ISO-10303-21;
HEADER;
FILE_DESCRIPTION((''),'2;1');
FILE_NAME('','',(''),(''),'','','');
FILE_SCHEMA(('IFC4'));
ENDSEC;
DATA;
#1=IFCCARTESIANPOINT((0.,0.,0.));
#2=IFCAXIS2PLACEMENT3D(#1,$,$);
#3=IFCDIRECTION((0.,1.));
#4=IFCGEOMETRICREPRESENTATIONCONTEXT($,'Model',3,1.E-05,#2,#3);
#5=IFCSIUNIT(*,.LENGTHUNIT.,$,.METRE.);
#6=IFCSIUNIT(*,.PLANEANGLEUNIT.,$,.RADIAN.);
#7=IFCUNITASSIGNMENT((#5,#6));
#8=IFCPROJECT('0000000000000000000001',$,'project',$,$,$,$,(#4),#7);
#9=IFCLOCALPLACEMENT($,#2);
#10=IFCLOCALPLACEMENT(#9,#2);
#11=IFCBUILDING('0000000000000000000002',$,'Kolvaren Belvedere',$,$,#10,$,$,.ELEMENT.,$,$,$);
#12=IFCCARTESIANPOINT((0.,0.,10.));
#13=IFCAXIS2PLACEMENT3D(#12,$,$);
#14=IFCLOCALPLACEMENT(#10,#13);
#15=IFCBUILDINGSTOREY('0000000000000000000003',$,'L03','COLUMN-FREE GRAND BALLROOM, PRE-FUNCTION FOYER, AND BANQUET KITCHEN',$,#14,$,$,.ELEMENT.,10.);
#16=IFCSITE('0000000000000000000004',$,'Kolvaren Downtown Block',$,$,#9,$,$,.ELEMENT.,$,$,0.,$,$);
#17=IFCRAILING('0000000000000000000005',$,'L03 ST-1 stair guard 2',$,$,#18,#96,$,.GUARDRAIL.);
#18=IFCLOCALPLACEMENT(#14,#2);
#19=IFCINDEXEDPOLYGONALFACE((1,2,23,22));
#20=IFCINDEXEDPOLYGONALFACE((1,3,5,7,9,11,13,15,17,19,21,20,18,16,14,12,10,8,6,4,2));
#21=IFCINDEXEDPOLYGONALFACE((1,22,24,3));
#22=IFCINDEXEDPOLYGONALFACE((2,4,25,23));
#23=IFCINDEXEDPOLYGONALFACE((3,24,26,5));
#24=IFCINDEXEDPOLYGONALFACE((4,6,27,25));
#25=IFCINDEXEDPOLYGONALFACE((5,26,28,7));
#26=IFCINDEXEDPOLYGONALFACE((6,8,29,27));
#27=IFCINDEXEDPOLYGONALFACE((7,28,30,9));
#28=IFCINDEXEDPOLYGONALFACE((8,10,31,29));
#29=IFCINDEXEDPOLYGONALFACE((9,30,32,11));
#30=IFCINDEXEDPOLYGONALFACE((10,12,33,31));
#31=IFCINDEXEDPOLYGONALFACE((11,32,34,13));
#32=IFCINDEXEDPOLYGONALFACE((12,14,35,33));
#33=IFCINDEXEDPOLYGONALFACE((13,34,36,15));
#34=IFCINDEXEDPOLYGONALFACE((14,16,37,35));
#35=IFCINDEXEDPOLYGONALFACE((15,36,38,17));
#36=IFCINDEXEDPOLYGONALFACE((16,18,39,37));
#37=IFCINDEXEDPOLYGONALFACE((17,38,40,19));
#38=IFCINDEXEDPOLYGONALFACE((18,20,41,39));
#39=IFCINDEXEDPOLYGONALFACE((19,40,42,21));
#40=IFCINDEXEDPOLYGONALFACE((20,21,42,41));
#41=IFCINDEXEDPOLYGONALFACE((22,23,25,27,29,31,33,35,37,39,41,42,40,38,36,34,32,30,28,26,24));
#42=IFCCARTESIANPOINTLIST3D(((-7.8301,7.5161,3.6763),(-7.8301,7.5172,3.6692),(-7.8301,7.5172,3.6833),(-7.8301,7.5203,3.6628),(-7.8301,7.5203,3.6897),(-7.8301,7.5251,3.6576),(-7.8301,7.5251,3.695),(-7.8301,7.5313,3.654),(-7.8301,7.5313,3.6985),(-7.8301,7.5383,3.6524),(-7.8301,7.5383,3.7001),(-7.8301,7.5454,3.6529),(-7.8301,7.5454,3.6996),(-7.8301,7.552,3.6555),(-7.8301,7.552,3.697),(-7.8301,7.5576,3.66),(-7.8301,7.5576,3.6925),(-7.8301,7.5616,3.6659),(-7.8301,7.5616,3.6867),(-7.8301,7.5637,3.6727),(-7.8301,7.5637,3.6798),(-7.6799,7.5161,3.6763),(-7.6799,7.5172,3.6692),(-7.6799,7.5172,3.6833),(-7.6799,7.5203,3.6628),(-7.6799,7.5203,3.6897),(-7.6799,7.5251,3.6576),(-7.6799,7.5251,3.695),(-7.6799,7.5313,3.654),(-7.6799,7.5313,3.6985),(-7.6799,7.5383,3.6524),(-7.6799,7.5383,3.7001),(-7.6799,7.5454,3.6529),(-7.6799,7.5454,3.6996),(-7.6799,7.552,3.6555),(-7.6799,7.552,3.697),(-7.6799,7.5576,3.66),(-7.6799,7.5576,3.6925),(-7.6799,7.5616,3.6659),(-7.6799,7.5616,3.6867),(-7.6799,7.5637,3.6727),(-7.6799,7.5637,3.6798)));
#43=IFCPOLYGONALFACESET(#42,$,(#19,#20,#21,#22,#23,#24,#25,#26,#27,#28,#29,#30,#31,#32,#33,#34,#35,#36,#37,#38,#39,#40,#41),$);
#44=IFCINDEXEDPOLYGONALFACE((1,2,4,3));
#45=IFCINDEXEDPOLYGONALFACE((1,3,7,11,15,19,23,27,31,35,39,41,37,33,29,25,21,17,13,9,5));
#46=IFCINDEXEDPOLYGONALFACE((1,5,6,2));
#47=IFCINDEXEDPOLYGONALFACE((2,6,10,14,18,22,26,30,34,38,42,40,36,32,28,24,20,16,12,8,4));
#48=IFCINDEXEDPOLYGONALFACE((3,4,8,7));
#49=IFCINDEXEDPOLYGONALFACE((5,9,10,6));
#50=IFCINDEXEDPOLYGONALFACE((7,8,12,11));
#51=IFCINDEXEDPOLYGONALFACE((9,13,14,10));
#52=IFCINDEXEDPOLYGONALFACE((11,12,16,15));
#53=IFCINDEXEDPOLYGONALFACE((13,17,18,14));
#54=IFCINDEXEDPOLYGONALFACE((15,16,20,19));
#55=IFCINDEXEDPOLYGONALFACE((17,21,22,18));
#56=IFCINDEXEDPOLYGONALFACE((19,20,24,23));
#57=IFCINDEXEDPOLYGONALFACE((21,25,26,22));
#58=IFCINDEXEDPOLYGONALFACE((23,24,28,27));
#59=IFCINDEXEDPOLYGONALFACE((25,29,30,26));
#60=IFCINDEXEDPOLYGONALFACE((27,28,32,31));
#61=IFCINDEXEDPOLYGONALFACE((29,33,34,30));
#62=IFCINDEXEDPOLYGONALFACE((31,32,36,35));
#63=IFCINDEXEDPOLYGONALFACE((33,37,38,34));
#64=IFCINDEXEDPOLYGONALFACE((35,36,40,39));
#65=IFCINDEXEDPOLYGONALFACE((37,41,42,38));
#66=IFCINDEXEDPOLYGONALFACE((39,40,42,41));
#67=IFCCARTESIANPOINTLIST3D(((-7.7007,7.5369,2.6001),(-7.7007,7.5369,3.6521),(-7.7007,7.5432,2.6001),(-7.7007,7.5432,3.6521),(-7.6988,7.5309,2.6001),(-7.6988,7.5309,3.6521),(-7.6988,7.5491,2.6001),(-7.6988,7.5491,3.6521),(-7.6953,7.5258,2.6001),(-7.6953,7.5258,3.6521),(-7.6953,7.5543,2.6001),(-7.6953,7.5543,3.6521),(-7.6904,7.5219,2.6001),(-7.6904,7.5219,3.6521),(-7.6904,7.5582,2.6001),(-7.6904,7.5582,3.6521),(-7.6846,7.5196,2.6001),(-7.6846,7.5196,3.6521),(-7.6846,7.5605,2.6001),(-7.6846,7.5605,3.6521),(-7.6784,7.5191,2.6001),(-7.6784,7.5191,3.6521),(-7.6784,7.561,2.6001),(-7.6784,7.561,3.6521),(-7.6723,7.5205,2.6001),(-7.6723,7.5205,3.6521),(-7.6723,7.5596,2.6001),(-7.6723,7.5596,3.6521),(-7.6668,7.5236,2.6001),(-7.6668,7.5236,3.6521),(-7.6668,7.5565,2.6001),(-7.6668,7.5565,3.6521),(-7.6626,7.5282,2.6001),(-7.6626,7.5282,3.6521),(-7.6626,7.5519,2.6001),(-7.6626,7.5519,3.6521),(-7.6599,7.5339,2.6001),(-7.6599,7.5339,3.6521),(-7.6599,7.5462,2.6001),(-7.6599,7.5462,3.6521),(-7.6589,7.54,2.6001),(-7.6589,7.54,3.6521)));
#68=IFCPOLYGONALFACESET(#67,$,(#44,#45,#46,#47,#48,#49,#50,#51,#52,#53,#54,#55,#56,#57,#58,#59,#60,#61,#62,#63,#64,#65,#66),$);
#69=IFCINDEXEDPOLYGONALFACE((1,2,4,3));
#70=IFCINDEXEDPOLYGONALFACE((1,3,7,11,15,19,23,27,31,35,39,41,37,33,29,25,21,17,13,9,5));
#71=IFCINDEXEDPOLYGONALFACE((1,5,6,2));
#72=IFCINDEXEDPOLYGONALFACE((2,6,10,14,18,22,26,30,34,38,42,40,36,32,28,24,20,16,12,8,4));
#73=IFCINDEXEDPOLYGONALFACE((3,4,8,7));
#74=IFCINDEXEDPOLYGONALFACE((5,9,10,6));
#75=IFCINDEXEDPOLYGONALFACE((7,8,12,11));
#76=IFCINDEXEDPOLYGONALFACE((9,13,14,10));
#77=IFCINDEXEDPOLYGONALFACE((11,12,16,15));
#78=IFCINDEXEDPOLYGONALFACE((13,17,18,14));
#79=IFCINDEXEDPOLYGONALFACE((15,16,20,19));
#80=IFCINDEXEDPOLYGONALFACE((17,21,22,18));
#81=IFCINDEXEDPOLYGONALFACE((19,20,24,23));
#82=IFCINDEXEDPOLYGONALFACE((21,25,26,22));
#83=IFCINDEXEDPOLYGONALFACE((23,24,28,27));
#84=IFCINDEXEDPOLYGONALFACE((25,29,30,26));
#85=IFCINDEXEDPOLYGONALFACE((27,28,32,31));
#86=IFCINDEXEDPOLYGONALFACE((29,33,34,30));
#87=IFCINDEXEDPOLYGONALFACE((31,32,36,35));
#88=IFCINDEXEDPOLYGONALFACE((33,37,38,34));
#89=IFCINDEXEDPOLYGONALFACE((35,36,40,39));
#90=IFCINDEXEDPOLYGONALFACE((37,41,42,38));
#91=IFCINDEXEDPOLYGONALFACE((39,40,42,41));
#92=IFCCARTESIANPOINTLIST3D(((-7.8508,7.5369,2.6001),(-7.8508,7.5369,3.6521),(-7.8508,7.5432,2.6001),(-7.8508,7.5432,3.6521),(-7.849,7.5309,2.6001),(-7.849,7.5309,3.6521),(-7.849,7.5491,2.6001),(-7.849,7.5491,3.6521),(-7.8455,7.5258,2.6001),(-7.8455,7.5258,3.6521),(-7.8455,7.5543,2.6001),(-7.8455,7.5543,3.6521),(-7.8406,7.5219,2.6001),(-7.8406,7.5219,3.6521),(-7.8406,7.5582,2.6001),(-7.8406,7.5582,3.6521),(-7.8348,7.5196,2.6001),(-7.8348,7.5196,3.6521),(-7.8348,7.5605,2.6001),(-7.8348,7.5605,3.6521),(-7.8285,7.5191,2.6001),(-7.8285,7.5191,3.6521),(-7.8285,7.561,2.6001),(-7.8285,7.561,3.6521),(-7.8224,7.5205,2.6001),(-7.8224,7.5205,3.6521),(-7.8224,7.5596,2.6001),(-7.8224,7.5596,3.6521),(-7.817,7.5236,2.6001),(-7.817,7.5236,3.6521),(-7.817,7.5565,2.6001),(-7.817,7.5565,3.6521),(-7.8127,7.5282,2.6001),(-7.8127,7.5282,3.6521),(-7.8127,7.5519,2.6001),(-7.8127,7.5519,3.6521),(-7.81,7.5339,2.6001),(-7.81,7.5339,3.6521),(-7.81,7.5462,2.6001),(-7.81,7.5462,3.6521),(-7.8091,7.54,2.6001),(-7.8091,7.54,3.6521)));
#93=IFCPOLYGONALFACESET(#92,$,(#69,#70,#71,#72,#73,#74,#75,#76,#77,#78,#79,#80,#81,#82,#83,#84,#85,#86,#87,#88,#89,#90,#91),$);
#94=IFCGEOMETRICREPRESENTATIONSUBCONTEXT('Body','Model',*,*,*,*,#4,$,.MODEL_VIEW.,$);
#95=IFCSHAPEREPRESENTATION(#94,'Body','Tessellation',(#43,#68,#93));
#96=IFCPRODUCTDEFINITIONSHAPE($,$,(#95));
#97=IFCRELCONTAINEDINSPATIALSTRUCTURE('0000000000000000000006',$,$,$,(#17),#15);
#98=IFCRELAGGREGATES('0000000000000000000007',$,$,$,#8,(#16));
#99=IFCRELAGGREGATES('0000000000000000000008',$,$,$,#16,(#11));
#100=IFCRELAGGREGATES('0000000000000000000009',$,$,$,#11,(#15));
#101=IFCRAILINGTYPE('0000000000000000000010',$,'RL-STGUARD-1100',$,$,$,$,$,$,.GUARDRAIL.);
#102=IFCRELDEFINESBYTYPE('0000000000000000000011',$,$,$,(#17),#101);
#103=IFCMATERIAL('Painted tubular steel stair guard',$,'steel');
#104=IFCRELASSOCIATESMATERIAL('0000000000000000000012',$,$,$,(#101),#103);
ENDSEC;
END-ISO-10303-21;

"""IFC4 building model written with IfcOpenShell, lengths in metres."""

from ifc_helpers import new_model, si_unit, direction, frame, origin, origin_2d, place, context, subcontext, project, spatial, circle, extrude, material, type_object, element, save


model = new_model("IFC4")

# Units and contexts
model_context = context("Model", 3, precision=1e-05, world=origin(), true_north=direction((0.0, 1.0)))
body_context = subcontext(model_context, "Body", "Model", "MODEL_VIEW")
ifc_project = project(units=[si_unit("LENGTHUNIT", "METRE"), si_unit("PLANEANGLEUNIT", "RADIAN")], contexts=[model_context])

# Site, building, storey
site_placement = place(None, origin())
site = spatial("IfcSite", under=ifc_project, at=site_placement, Name="Kolvaren Downtown Block", CompositionType="ELEMENT", RefElevation=0.0)
building_placement = place(site_placement, origin())
building = spatial("IfcBuilding", under=site, at=building_placement, Name="Kolvaren Belvedere", CompositionType="ELEMENT")
storey_placement = place(building_placement, frame((0.0, 0.0, 10.0)))
storey = spatial("IfcBuildingStorey", under=building, at=storey_placement, Name="L03", Description="COLUMN-FREE GRAND BALLROOM, PRE-FUNCTION FOYER, AND BANQUET KITCHEN", CompositionType="ELEMENT", Elevation=10.0)

# Railing
ifc_material_1 = material(Name="Painted tubular steel stair guard", Category="steel")
railing_type_1 = type_object("IfcRailingType", Name="RL-STGUARD-1100", PredefinedType="GUARDRAIL", material=ifc_material_1)
railing_1_placement = place(storey_placement, frame((-7.6799, 7.54, 2.6001)))
element("IfcRailing", 1, at=railing_1_placement, inside=storey, type_object=railing_type_1, Name="L03 ST-1 stair guard 2", PredefinedType="GUARDRAIL", context=body_context, shape_type="SweptSolid", body=[
    extrude(circle(Radius=0.0239, at=origin_2d()), frame((0.0, 0.0, 1.0762), z_axis=(-1.0, 0.0, 0.0), x_axis=(0.0, -1.0, 0.0)), (0.0, 0.0, 1.0), 0.1501),
    extrude(circle(Radius=0.021, at=origin_2d()), origin(), (0.0, 0.0, 1.0), 1.052),
    extrude(circle(Radius=0.021, at=origin_2d()), frame((-0.1501, 0.0, 0.0)), (0.0, 0.0, 1.0), 1.052),
])

save(model, "model.ifc")
